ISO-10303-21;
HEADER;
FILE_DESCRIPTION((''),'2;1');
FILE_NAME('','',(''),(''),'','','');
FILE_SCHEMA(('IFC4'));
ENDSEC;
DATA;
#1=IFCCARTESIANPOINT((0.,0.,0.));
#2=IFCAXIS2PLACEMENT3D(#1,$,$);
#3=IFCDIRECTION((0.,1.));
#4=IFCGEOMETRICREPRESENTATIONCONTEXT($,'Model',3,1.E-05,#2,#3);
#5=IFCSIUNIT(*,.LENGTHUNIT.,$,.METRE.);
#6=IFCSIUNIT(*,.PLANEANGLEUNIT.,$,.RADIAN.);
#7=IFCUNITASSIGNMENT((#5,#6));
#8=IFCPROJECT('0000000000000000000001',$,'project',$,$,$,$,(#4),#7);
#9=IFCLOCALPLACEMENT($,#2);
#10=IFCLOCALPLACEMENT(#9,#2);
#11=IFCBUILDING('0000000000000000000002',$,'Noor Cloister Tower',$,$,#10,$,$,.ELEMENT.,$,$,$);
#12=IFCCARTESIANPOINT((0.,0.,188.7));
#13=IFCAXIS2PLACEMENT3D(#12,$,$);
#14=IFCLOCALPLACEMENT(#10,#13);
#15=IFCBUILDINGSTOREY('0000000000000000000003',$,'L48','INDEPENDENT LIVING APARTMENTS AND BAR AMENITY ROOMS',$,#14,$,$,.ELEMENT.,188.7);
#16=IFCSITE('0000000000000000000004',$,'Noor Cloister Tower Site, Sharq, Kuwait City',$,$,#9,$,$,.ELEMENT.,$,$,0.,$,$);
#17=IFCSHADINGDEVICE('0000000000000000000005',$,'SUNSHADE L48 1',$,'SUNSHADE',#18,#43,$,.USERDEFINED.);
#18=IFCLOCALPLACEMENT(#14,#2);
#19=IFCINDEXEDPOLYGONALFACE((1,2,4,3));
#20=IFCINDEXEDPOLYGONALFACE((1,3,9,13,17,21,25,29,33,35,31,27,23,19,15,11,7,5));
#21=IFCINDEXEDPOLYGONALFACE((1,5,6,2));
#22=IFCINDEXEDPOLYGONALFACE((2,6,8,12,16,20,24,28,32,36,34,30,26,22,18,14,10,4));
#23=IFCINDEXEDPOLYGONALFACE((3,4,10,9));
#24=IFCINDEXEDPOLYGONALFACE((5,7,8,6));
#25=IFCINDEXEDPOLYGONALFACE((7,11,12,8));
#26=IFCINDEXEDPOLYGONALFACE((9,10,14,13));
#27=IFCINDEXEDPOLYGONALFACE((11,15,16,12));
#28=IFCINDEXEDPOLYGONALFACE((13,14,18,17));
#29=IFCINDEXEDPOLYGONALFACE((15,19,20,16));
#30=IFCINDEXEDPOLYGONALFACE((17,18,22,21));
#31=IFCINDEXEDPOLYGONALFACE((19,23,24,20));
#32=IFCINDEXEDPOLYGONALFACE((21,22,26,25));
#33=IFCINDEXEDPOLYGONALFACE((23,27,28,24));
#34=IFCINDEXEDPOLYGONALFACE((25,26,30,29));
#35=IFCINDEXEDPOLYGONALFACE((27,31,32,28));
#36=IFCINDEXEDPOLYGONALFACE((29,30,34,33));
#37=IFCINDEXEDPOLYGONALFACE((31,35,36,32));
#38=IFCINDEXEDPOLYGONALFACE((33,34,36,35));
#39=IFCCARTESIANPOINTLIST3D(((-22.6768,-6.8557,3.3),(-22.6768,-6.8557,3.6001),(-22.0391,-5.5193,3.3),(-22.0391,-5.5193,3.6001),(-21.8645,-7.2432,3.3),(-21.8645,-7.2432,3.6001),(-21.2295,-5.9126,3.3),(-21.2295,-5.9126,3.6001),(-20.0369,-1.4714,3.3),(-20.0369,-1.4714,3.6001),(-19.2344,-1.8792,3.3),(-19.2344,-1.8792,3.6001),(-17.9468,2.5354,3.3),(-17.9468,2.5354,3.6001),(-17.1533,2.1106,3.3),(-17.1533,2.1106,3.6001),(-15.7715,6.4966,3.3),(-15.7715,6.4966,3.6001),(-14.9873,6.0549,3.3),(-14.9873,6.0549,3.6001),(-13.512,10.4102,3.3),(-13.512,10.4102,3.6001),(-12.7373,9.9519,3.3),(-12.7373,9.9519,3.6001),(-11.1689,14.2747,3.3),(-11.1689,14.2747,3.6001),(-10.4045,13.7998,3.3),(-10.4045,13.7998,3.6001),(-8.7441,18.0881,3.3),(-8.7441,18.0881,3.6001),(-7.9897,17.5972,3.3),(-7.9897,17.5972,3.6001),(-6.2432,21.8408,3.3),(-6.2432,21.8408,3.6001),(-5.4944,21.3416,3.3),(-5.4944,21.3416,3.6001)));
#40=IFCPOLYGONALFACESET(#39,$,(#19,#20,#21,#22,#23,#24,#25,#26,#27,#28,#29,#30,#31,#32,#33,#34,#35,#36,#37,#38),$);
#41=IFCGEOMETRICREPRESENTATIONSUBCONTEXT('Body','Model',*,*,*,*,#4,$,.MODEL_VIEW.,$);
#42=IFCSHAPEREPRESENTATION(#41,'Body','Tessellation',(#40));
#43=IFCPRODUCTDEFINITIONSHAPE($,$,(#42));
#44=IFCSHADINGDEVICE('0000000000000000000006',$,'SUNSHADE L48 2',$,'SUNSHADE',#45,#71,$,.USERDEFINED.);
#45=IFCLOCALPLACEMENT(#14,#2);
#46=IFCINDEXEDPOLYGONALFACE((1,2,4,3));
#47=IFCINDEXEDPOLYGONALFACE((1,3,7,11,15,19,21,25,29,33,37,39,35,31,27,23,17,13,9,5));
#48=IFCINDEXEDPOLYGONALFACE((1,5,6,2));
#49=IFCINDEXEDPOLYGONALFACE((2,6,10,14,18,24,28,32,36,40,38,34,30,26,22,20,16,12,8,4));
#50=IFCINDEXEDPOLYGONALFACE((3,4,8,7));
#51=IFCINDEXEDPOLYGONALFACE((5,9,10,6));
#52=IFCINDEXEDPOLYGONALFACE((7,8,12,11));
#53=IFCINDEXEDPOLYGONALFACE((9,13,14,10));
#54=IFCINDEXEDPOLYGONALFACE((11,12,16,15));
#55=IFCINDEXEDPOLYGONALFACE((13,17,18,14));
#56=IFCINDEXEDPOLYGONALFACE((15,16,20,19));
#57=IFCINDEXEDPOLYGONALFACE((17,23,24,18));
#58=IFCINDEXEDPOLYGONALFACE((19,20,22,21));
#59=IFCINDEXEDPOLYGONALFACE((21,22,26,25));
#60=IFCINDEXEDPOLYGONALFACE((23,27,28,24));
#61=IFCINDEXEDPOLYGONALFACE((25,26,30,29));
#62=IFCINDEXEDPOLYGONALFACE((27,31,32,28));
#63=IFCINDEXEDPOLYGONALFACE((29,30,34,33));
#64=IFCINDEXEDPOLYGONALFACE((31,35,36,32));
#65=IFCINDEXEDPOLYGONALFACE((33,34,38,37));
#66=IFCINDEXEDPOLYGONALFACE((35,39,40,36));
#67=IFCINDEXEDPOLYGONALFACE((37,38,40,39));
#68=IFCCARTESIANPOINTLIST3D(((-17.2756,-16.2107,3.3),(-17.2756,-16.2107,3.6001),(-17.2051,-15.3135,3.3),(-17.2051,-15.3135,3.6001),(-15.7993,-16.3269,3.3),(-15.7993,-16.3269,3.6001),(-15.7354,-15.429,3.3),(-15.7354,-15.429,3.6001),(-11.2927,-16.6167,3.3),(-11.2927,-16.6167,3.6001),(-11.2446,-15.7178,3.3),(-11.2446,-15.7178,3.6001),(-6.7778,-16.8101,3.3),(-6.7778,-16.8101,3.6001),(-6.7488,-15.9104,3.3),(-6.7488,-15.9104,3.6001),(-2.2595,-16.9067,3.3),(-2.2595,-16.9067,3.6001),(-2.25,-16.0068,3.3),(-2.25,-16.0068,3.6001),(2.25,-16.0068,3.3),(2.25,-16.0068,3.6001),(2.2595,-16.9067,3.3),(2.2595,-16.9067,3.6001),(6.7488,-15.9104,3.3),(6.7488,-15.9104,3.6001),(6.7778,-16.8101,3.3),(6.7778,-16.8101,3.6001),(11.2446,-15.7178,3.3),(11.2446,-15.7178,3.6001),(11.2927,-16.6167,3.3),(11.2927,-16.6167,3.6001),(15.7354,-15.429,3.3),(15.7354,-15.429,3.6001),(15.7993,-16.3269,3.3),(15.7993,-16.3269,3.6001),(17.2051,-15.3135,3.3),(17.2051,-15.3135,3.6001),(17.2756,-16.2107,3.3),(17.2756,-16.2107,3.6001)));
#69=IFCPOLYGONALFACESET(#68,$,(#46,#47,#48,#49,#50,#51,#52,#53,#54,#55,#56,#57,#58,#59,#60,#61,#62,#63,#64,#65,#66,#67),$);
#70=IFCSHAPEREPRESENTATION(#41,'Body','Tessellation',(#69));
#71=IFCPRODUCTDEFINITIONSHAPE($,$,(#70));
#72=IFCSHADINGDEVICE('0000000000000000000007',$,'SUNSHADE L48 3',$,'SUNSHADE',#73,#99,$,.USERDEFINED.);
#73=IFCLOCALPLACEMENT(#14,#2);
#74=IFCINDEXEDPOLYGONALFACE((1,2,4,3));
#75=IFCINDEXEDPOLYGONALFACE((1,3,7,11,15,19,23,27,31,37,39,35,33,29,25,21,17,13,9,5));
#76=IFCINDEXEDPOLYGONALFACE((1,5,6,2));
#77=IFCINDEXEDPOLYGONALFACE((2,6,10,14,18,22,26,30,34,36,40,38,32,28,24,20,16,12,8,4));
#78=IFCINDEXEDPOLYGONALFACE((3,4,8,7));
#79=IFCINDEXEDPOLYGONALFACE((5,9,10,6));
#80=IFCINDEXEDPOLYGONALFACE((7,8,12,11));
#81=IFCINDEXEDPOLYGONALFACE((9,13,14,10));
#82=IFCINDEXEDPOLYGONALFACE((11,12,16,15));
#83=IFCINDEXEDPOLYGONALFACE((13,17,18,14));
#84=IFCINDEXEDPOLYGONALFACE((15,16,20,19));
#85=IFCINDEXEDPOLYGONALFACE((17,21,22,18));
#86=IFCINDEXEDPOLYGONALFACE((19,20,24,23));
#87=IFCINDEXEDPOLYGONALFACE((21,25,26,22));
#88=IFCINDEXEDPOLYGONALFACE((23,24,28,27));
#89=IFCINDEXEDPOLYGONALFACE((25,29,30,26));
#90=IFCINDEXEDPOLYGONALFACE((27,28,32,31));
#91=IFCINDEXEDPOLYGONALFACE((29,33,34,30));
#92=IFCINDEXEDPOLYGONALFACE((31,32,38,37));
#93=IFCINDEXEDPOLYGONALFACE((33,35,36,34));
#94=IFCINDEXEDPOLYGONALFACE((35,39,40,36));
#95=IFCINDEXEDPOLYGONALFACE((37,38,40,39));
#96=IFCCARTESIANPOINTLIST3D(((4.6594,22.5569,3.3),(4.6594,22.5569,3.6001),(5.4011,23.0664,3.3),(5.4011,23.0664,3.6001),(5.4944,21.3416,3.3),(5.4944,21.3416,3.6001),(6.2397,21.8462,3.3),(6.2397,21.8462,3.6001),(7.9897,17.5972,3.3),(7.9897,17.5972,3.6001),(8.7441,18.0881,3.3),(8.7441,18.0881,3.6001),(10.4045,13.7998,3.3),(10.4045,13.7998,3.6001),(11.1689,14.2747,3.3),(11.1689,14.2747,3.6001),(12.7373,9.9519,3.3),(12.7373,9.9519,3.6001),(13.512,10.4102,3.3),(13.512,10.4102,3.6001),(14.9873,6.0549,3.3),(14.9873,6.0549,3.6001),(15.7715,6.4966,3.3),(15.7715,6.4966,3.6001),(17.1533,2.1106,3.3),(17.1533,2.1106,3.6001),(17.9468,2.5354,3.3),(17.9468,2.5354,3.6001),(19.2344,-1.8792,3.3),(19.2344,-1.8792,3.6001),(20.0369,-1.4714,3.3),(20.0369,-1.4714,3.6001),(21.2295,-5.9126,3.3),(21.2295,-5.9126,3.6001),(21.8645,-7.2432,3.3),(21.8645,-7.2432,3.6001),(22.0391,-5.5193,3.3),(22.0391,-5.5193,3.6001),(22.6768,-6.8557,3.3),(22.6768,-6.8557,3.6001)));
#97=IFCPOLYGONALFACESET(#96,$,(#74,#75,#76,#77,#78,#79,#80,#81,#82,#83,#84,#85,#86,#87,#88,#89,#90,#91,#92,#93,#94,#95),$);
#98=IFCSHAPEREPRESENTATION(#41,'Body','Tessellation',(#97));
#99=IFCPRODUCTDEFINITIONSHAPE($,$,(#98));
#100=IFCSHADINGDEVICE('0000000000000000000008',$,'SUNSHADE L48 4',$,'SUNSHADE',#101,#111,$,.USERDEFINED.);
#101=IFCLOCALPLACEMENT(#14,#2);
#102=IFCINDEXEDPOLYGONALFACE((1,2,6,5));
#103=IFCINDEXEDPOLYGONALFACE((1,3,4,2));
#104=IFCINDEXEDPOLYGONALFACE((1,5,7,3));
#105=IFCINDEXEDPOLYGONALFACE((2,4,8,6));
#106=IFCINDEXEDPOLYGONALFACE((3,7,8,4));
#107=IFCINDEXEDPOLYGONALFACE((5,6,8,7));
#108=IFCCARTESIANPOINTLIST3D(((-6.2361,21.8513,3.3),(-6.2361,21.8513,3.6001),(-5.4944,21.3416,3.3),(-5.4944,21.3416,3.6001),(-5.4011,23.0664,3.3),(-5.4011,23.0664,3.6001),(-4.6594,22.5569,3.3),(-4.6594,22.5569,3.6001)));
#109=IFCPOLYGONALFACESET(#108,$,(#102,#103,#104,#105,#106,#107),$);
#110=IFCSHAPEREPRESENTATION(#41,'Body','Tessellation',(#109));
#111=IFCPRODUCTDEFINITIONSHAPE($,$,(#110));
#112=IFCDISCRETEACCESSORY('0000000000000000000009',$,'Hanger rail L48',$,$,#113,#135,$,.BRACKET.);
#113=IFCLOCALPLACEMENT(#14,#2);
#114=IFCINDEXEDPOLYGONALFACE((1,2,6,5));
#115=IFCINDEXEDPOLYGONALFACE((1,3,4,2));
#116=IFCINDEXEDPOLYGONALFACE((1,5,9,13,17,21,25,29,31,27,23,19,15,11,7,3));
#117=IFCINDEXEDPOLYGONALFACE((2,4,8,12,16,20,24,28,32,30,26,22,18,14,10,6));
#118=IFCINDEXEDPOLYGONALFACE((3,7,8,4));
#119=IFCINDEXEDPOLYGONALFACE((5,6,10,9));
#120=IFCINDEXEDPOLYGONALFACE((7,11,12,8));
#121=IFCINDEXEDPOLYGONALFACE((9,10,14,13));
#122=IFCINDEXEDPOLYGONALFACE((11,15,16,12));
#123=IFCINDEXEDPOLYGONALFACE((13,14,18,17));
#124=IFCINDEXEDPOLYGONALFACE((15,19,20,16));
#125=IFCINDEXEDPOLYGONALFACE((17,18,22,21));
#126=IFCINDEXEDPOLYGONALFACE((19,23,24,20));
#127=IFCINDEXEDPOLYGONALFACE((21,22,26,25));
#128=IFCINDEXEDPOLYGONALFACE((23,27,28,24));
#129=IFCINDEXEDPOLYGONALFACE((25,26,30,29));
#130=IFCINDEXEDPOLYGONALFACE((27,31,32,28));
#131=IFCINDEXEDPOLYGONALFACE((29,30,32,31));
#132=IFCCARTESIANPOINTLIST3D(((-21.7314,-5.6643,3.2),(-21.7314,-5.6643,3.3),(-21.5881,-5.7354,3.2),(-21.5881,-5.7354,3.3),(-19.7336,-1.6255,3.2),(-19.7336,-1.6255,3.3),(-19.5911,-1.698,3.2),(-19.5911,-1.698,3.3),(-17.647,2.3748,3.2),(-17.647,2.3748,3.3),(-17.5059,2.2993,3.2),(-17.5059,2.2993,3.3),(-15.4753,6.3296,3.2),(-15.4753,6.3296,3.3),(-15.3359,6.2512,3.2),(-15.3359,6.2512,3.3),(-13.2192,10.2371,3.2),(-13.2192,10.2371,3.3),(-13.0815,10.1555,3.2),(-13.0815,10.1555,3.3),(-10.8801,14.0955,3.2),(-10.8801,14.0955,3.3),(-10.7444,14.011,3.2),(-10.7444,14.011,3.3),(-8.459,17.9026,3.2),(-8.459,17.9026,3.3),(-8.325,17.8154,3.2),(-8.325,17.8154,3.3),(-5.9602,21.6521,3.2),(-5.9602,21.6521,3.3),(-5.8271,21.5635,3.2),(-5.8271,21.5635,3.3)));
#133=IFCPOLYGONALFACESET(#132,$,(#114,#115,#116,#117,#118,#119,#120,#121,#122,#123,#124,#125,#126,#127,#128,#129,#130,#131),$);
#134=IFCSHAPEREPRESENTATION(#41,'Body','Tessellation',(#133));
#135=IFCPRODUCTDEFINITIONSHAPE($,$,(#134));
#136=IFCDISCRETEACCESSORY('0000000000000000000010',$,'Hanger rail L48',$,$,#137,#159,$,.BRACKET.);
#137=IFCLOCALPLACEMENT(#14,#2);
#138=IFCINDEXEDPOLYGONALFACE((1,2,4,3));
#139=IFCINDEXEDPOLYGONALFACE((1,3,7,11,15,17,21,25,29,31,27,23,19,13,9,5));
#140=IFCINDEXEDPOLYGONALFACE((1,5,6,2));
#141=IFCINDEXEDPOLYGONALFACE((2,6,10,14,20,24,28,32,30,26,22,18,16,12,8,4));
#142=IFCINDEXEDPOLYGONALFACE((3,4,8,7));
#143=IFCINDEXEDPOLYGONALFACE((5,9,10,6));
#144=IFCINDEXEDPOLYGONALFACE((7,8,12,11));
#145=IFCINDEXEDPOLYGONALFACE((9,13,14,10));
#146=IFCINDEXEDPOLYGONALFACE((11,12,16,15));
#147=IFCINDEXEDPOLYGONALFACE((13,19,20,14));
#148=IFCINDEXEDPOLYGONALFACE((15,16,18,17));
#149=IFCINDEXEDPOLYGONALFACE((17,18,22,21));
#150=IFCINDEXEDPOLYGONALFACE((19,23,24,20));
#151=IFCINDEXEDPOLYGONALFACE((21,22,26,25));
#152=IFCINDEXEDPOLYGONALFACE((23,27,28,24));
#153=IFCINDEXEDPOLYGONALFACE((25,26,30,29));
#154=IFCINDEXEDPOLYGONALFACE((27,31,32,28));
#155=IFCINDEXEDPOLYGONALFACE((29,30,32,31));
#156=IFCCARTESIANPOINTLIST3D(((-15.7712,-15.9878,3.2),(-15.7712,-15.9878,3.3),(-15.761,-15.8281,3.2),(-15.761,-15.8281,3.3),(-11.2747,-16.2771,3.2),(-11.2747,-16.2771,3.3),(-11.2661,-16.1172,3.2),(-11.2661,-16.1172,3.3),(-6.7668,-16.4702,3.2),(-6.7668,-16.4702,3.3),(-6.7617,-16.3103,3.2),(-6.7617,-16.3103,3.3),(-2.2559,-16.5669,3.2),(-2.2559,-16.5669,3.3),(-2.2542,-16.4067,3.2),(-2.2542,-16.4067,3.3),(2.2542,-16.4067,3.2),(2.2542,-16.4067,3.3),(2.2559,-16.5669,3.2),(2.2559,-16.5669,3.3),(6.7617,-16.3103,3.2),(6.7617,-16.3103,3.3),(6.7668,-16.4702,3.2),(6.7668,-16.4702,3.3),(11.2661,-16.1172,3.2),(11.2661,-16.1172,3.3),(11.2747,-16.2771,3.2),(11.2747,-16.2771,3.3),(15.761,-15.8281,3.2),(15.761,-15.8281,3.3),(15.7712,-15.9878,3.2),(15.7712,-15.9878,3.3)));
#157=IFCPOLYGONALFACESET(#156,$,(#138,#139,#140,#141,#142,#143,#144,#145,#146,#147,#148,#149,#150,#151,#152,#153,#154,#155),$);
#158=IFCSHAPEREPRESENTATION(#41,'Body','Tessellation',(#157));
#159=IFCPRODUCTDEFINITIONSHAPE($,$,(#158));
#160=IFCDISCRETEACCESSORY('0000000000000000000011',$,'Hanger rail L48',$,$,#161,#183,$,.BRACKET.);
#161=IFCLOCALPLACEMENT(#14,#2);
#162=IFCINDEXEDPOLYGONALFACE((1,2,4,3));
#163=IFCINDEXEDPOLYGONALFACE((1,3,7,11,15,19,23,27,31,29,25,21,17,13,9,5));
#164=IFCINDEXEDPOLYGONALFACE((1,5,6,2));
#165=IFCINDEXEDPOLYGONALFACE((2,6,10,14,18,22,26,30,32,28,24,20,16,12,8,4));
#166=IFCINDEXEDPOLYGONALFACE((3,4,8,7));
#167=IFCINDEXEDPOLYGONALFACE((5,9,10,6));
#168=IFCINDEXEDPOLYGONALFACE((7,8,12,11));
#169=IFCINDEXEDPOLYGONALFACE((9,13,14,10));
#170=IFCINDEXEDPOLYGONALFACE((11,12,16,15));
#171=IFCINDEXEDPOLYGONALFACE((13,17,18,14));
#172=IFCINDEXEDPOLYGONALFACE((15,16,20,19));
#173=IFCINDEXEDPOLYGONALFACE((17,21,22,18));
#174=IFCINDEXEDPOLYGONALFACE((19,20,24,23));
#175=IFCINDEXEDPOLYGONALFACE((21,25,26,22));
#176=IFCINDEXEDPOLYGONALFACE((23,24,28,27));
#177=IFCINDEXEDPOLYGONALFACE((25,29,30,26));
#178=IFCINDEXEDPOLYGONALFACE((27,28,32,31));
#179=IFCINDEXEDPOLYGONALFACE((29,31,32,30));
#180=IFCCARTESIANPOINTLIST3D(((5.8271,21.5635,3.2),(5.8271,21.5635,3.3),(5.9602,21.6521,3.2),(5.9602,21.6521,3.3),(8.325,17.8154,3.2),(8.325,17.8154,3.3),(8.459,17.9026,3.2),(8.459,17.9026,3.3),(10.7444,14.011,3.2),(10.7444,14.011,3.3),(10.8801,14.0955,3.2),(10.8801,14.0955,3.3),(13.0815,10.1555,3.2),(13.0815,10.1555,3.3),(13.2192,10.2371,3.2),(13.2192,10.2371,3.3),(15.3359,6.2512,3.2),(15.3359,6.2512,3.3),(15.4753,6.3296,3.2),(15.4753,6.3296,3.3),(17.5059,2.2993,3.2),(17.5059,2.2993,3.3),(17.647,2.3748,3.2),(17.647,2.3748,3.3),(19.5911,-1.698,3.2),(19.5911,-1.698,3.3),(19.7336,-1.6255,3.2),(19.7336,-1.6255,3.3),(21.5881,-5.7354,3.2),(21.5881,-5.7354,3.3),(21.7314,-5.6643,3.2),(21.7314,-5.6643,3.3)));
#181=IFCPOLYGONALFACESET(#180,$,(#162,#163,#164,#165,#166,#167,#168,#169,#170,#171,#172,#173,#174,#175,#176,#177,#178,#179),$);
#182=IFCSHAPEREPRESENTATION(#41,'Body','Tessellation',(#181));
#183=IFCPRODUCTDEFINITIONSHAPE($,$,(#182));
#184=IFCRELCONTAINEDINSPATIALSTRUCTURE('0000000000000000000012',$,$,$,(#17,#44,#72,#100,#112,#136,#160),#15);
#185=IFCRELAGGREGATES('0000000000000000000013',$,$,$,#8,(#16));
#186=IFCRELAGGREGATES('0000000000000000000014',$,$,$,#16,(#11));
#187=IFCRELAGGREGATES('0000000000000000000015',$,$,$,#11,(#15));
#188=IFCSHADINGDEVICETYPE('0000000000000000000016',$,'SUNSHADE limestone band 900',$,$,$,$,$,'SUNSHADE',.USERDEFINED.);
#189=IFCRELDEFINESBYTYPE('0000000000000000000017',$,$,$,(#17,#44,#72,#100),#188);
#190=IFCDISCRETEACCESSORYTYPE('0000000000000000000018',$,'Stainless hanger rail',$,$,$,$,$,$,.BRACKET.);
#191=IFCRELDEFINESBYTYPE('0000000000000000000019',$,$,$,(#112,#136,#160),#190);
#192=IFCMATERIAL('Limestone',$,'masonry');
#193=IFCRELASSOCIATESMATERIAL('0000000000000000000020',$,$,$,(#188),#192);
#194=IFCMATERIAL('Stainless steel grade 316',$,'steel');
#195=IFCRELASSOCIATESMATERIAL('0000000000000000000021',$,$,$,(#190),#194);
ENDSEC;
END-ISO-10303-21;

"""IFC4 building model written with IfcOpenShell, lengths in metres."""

from ifc_helpers import new_model, si_unit, direction, frame, origin, place, context, subcontext, project, spatial, polyline, outline, extrude, material, type_object, element, save


model = new_model("IFC4")

# Units and contexts
model_context = context("Model", 3, precision=1e-05, world=origin(), true_north=direction((0.0, 1.0)))
body_context = subcontext(model_context, "Body", "Model", "MODEL_VIEW")
ifc_project = project(units=[si_unit("LENGTHUNIT", "METRE"), si_unit("PLANEANGLEUNIT", "RADIAN")], contexts=[model_context])

# Site, building, storey
site_placement = place(None, origin())
site = spatial("IfcSite", under=ifc_project, at=site_placement, Name="Noor Cloister Tower Site, Sharq, Kuwait City", CompositionType="ELEMENT", RefElevation=0.0)
building_placement = place(site_placement, origin())
building = spatial("IfcBuilding", under=site, at=building_placement, Name="Noor Cloister Tower", CompositionType="ELEMENT")
storey_placement = place(building_placement, frame((0.0, 0.0, 188.7)))
storey = spatial("IfcBuildingStorey", under=building, at=storey_placement, Name="L48", Description="INDEPENDENT LIVING APARTMENTS AND BAR AMENITY ROOMS", CompositionType="ELEMENT", Elevation=188.7)

# Shading devices
ifc_material_1 = material(Name="Limestone", Category="masonry")
shading_device_type_1 = type_object("IfcShadingDeviceType", Name="SUNSHADE limestone band 900", ElementType="SUNSHADE", PredefinedType="USERDEFINED", material=ifc_material_1)
shading_device_1_placement = place(storey_placement, frame((0.0, 0.0, 3.3)))
element("IfcShadingDevice", 1, at=shading_device_1_placement, inside=storey, type_object=shading_device_type_1, Name="SUNSHADE L48 1", ObjectType="SUNSHADE", PredefinedType="USERDEFINED", context=body_context, shape_type="SweptSolid", body=[
    extrude(outline(polyline([(-6.2432, 21.8408), (-8.7441, 18.0881), (-11.1689, 14.2747), (-13.512, 10.4102), (-15.7715, 6.4966), (-17.9468, 2.5354), (-20.0369, -1.4714), (-22.0391, -5.5193), (-22.6768, -6.8557), (-21.8645, -7.2432), (-21.2295, -5.9126), (-19.2344, -1.8792), (-17.1533, 2.1106), (-14.9873, 6.0549), (-12.7373, 9.9519), (-10.4045, 13.7998), (-7.9897, 17.5972), (-5.4944, 21.3416), (-6.2432, 21.8408)])), origin(), (0.0, 0.0, 1.0), 0.3),
])
shading_device_2_placement = place(storey_placement, frame((0.0, 0.0, 3.3)))
element("IfcShadingDevice", 2, at=shading_device_2_placement, inside=storey, type_object=shading_device_type_1, Name="SUNSHADE L48 2", ObjectType="SUNSHADE", PredefinedType="USERDEFINED", context=body_context, shape_type="SweptSolid", body=[
    extrude(outline(polyline([(-17.2756, -16.2107), (-15.7993, -16.3269), (-11.2927, -16.6167), (-6.7778, -16.8101), (-2.2595, -16.9067), (2.2595, -16.9067), (6.7778, -16.8101), (11.2927, -16.6167), (15.7993, -16.3269), (17.2756, -16.2107), (17.2051, -15.3135), (15.7354, -15.429), (11.2446, -15.7178), (6.7488, -15.9104), (2.25, -16.0068), (-2.25, -16.0068), (-6.7488, -15.9104), (-11.2446, -15.7178), (-15.7354, -15.429), (-17.2051, -15.3135), (-17.2756, -16.2107)])), origin(), (0.0, 0.0, 1.0), 0.3),
])
shading_device_3_placement = place(storey_placement, frame((0.0, 0.0, 3.3)))
element("IfcShadingDevice", 3, at=shading_device_3_placement, inside=storey, type_object=shading_device_type_1, Name="SUNSHADE L48 3", ObjectType="SUNSHADE", PredefinedType="USERDEFINED", context=body_context, shape_type="SweptSolid", body=[
    extrude(outline(polyline([(22.6768, -6.8557), (22.0391, -5.5193), (20.0369, -1.4714), (17.9468, 2.5354), (15.7715, 6.4966), (13.512, 10.4102), (11.1689, 14.2747), (8.7441, 18.0881), (6.2397, 21.8462), (5.4011, 23.0664), (4.6594, 22.5569), (5.4944, 21.3416), (7.9897, 17.5972), (10.4045, 13.7998), (12.7373, 9.9519), (14.9873, 6.0549), (17.1533, 2.1106), (19.2344, -1.8792), (21.2295, -5.9126), (21.8645, -7.2432), (22.6768, -6.8557)])), origin(), (0.0, 0.0, 1.0), 0.3),
])
shading_device_4_placement = place(storey_placement, frame((0.0, 0.0, 3.3)))
element("IfcShadingDevice", 4, at=shading_device_4_placement, inside=storey, type_object=shading_device_type_1, Name="SUNSHADE L48 4", ObjectType="SUNSHADE", PredefinedType="USERDEFINED", context=body_context, shape_type="SweptSolid", body=[
    extrude(outline(polyline([(-5.4011, 23.0664), (-6.2361, 21.8513), (-5.4944, 21.3416), (-4.6594, 22.5569), (-5.4011, 23.0664)])), origin(), (0.0, 0.0, 1.0), 0.3),
])

# Discrete accessories
ifc_material_2 = material(Name="Stainless steel grade 316", Category="steel")
discrete_accessory_type = type_object("IfcDiscreteAccessoryType", Name="Stainless hanger rail", PredefinedType="BRACKET", material=ifc_material_2)
discrete_accessory_1_placement = place(storey_placement, frame((0.0, 0.0, 3.2)))
element("IfcDiscreteAccessory", 5, at=discrete_accessory_1_placement, inside=storey, type_object=discrete_accessory_type, Name="Hanger rail L48", PredefinedType="BRACKET", context=body_context, shape_type="SweptSolid", body=[
    extrude(outline(polyline([(-5.9602, 21.6521), (-8.459, 17.9026), (-10.8801, 14.0955), (-13.2192, 10.2371), (-15.4753, 6.3296), (-17.647, 2.3748), (-19.7336, -1.6255), (-21.7314, -5.6643), (-21.5881, -5.7354), (-19.5911, -1.698), (-17.5059, 2.2993), (-15.3359, 6.2512), (-13.0815, 10.1555), (-10.7444, 14.011), (-8.325, 17.8154), (-5.8271, 21.5635), (-5.9602, 21.6521)])), origin(), (0.0, 0.0, 1.0), 0.1001),
])
discrete_accessory_2_placement = place(storey_placement, frame((0.0, 0.0, 3.2)))
element("IfcDiscreteAccessory", 6, at=discrete_accessory_2_placement, inside=storey, type_object=discrete_accessory_type, Name="Hanger rail L48", PredefinedType="BRACKET", context=body_context, shape_type="SweptSolid", body=[
    extrude(outline(polyline([(-15.7712, -15.9878), (-11.2747, -16.2771), (-6.7668, -16.4702), (-2.2559, -16.5669), (2.2559, -16.5669), (6.7668, -16.4702), (11.2747, -16.2771), (15.7712, -15.9878), (15.761, -15.8281), (11.2661, -16.1172), (6.7617, -16.3103), (2.2542, -16.4067), (-2.2542, -16.4067), (-6.7617, -16.3103), (-11.2661, -16.1172), (-15.761, -15.8281), (-15.7712, -15.9878)])), origin(), (0.0, 0.0, 1.0), 0.1001),
])
discrete_accessory_3_placement = place(storey_placement, frame((0.0, 0.0, 3.2)))
element("IfcDiscreteAccessory", 7, at=discrete_accessory_3_placement, inside=storey, type_object=discrete_accessory_type, Name="Hanger rail L48", PredefinedType="BRACKET", context=body_context, shape_type="SweptSolid", body=[
    extrude(outline(polyline([(21.7314, -5.6643), (19.7336, -1.6255), (17.647, 2.3748), (15.4753, 6.3296), (13.2192, 10.2371), (10.8801, 14.0955), (8.459, 17.9026), (5.9602, 21.6521), (5.8271, 21.5635), (8.325, 17.8154), (10.7444, 14.011), (13.0815, 10.1555), (15.3359, 6.2512), (17.5059, 2.2993), (19.5911, -1.698), (21.5881, -5.7354), (21.7314, -5.6643)])), origin(), (0.0, 0.0, 1.0), 0.1001),
])

save(model, "model.ifc")
